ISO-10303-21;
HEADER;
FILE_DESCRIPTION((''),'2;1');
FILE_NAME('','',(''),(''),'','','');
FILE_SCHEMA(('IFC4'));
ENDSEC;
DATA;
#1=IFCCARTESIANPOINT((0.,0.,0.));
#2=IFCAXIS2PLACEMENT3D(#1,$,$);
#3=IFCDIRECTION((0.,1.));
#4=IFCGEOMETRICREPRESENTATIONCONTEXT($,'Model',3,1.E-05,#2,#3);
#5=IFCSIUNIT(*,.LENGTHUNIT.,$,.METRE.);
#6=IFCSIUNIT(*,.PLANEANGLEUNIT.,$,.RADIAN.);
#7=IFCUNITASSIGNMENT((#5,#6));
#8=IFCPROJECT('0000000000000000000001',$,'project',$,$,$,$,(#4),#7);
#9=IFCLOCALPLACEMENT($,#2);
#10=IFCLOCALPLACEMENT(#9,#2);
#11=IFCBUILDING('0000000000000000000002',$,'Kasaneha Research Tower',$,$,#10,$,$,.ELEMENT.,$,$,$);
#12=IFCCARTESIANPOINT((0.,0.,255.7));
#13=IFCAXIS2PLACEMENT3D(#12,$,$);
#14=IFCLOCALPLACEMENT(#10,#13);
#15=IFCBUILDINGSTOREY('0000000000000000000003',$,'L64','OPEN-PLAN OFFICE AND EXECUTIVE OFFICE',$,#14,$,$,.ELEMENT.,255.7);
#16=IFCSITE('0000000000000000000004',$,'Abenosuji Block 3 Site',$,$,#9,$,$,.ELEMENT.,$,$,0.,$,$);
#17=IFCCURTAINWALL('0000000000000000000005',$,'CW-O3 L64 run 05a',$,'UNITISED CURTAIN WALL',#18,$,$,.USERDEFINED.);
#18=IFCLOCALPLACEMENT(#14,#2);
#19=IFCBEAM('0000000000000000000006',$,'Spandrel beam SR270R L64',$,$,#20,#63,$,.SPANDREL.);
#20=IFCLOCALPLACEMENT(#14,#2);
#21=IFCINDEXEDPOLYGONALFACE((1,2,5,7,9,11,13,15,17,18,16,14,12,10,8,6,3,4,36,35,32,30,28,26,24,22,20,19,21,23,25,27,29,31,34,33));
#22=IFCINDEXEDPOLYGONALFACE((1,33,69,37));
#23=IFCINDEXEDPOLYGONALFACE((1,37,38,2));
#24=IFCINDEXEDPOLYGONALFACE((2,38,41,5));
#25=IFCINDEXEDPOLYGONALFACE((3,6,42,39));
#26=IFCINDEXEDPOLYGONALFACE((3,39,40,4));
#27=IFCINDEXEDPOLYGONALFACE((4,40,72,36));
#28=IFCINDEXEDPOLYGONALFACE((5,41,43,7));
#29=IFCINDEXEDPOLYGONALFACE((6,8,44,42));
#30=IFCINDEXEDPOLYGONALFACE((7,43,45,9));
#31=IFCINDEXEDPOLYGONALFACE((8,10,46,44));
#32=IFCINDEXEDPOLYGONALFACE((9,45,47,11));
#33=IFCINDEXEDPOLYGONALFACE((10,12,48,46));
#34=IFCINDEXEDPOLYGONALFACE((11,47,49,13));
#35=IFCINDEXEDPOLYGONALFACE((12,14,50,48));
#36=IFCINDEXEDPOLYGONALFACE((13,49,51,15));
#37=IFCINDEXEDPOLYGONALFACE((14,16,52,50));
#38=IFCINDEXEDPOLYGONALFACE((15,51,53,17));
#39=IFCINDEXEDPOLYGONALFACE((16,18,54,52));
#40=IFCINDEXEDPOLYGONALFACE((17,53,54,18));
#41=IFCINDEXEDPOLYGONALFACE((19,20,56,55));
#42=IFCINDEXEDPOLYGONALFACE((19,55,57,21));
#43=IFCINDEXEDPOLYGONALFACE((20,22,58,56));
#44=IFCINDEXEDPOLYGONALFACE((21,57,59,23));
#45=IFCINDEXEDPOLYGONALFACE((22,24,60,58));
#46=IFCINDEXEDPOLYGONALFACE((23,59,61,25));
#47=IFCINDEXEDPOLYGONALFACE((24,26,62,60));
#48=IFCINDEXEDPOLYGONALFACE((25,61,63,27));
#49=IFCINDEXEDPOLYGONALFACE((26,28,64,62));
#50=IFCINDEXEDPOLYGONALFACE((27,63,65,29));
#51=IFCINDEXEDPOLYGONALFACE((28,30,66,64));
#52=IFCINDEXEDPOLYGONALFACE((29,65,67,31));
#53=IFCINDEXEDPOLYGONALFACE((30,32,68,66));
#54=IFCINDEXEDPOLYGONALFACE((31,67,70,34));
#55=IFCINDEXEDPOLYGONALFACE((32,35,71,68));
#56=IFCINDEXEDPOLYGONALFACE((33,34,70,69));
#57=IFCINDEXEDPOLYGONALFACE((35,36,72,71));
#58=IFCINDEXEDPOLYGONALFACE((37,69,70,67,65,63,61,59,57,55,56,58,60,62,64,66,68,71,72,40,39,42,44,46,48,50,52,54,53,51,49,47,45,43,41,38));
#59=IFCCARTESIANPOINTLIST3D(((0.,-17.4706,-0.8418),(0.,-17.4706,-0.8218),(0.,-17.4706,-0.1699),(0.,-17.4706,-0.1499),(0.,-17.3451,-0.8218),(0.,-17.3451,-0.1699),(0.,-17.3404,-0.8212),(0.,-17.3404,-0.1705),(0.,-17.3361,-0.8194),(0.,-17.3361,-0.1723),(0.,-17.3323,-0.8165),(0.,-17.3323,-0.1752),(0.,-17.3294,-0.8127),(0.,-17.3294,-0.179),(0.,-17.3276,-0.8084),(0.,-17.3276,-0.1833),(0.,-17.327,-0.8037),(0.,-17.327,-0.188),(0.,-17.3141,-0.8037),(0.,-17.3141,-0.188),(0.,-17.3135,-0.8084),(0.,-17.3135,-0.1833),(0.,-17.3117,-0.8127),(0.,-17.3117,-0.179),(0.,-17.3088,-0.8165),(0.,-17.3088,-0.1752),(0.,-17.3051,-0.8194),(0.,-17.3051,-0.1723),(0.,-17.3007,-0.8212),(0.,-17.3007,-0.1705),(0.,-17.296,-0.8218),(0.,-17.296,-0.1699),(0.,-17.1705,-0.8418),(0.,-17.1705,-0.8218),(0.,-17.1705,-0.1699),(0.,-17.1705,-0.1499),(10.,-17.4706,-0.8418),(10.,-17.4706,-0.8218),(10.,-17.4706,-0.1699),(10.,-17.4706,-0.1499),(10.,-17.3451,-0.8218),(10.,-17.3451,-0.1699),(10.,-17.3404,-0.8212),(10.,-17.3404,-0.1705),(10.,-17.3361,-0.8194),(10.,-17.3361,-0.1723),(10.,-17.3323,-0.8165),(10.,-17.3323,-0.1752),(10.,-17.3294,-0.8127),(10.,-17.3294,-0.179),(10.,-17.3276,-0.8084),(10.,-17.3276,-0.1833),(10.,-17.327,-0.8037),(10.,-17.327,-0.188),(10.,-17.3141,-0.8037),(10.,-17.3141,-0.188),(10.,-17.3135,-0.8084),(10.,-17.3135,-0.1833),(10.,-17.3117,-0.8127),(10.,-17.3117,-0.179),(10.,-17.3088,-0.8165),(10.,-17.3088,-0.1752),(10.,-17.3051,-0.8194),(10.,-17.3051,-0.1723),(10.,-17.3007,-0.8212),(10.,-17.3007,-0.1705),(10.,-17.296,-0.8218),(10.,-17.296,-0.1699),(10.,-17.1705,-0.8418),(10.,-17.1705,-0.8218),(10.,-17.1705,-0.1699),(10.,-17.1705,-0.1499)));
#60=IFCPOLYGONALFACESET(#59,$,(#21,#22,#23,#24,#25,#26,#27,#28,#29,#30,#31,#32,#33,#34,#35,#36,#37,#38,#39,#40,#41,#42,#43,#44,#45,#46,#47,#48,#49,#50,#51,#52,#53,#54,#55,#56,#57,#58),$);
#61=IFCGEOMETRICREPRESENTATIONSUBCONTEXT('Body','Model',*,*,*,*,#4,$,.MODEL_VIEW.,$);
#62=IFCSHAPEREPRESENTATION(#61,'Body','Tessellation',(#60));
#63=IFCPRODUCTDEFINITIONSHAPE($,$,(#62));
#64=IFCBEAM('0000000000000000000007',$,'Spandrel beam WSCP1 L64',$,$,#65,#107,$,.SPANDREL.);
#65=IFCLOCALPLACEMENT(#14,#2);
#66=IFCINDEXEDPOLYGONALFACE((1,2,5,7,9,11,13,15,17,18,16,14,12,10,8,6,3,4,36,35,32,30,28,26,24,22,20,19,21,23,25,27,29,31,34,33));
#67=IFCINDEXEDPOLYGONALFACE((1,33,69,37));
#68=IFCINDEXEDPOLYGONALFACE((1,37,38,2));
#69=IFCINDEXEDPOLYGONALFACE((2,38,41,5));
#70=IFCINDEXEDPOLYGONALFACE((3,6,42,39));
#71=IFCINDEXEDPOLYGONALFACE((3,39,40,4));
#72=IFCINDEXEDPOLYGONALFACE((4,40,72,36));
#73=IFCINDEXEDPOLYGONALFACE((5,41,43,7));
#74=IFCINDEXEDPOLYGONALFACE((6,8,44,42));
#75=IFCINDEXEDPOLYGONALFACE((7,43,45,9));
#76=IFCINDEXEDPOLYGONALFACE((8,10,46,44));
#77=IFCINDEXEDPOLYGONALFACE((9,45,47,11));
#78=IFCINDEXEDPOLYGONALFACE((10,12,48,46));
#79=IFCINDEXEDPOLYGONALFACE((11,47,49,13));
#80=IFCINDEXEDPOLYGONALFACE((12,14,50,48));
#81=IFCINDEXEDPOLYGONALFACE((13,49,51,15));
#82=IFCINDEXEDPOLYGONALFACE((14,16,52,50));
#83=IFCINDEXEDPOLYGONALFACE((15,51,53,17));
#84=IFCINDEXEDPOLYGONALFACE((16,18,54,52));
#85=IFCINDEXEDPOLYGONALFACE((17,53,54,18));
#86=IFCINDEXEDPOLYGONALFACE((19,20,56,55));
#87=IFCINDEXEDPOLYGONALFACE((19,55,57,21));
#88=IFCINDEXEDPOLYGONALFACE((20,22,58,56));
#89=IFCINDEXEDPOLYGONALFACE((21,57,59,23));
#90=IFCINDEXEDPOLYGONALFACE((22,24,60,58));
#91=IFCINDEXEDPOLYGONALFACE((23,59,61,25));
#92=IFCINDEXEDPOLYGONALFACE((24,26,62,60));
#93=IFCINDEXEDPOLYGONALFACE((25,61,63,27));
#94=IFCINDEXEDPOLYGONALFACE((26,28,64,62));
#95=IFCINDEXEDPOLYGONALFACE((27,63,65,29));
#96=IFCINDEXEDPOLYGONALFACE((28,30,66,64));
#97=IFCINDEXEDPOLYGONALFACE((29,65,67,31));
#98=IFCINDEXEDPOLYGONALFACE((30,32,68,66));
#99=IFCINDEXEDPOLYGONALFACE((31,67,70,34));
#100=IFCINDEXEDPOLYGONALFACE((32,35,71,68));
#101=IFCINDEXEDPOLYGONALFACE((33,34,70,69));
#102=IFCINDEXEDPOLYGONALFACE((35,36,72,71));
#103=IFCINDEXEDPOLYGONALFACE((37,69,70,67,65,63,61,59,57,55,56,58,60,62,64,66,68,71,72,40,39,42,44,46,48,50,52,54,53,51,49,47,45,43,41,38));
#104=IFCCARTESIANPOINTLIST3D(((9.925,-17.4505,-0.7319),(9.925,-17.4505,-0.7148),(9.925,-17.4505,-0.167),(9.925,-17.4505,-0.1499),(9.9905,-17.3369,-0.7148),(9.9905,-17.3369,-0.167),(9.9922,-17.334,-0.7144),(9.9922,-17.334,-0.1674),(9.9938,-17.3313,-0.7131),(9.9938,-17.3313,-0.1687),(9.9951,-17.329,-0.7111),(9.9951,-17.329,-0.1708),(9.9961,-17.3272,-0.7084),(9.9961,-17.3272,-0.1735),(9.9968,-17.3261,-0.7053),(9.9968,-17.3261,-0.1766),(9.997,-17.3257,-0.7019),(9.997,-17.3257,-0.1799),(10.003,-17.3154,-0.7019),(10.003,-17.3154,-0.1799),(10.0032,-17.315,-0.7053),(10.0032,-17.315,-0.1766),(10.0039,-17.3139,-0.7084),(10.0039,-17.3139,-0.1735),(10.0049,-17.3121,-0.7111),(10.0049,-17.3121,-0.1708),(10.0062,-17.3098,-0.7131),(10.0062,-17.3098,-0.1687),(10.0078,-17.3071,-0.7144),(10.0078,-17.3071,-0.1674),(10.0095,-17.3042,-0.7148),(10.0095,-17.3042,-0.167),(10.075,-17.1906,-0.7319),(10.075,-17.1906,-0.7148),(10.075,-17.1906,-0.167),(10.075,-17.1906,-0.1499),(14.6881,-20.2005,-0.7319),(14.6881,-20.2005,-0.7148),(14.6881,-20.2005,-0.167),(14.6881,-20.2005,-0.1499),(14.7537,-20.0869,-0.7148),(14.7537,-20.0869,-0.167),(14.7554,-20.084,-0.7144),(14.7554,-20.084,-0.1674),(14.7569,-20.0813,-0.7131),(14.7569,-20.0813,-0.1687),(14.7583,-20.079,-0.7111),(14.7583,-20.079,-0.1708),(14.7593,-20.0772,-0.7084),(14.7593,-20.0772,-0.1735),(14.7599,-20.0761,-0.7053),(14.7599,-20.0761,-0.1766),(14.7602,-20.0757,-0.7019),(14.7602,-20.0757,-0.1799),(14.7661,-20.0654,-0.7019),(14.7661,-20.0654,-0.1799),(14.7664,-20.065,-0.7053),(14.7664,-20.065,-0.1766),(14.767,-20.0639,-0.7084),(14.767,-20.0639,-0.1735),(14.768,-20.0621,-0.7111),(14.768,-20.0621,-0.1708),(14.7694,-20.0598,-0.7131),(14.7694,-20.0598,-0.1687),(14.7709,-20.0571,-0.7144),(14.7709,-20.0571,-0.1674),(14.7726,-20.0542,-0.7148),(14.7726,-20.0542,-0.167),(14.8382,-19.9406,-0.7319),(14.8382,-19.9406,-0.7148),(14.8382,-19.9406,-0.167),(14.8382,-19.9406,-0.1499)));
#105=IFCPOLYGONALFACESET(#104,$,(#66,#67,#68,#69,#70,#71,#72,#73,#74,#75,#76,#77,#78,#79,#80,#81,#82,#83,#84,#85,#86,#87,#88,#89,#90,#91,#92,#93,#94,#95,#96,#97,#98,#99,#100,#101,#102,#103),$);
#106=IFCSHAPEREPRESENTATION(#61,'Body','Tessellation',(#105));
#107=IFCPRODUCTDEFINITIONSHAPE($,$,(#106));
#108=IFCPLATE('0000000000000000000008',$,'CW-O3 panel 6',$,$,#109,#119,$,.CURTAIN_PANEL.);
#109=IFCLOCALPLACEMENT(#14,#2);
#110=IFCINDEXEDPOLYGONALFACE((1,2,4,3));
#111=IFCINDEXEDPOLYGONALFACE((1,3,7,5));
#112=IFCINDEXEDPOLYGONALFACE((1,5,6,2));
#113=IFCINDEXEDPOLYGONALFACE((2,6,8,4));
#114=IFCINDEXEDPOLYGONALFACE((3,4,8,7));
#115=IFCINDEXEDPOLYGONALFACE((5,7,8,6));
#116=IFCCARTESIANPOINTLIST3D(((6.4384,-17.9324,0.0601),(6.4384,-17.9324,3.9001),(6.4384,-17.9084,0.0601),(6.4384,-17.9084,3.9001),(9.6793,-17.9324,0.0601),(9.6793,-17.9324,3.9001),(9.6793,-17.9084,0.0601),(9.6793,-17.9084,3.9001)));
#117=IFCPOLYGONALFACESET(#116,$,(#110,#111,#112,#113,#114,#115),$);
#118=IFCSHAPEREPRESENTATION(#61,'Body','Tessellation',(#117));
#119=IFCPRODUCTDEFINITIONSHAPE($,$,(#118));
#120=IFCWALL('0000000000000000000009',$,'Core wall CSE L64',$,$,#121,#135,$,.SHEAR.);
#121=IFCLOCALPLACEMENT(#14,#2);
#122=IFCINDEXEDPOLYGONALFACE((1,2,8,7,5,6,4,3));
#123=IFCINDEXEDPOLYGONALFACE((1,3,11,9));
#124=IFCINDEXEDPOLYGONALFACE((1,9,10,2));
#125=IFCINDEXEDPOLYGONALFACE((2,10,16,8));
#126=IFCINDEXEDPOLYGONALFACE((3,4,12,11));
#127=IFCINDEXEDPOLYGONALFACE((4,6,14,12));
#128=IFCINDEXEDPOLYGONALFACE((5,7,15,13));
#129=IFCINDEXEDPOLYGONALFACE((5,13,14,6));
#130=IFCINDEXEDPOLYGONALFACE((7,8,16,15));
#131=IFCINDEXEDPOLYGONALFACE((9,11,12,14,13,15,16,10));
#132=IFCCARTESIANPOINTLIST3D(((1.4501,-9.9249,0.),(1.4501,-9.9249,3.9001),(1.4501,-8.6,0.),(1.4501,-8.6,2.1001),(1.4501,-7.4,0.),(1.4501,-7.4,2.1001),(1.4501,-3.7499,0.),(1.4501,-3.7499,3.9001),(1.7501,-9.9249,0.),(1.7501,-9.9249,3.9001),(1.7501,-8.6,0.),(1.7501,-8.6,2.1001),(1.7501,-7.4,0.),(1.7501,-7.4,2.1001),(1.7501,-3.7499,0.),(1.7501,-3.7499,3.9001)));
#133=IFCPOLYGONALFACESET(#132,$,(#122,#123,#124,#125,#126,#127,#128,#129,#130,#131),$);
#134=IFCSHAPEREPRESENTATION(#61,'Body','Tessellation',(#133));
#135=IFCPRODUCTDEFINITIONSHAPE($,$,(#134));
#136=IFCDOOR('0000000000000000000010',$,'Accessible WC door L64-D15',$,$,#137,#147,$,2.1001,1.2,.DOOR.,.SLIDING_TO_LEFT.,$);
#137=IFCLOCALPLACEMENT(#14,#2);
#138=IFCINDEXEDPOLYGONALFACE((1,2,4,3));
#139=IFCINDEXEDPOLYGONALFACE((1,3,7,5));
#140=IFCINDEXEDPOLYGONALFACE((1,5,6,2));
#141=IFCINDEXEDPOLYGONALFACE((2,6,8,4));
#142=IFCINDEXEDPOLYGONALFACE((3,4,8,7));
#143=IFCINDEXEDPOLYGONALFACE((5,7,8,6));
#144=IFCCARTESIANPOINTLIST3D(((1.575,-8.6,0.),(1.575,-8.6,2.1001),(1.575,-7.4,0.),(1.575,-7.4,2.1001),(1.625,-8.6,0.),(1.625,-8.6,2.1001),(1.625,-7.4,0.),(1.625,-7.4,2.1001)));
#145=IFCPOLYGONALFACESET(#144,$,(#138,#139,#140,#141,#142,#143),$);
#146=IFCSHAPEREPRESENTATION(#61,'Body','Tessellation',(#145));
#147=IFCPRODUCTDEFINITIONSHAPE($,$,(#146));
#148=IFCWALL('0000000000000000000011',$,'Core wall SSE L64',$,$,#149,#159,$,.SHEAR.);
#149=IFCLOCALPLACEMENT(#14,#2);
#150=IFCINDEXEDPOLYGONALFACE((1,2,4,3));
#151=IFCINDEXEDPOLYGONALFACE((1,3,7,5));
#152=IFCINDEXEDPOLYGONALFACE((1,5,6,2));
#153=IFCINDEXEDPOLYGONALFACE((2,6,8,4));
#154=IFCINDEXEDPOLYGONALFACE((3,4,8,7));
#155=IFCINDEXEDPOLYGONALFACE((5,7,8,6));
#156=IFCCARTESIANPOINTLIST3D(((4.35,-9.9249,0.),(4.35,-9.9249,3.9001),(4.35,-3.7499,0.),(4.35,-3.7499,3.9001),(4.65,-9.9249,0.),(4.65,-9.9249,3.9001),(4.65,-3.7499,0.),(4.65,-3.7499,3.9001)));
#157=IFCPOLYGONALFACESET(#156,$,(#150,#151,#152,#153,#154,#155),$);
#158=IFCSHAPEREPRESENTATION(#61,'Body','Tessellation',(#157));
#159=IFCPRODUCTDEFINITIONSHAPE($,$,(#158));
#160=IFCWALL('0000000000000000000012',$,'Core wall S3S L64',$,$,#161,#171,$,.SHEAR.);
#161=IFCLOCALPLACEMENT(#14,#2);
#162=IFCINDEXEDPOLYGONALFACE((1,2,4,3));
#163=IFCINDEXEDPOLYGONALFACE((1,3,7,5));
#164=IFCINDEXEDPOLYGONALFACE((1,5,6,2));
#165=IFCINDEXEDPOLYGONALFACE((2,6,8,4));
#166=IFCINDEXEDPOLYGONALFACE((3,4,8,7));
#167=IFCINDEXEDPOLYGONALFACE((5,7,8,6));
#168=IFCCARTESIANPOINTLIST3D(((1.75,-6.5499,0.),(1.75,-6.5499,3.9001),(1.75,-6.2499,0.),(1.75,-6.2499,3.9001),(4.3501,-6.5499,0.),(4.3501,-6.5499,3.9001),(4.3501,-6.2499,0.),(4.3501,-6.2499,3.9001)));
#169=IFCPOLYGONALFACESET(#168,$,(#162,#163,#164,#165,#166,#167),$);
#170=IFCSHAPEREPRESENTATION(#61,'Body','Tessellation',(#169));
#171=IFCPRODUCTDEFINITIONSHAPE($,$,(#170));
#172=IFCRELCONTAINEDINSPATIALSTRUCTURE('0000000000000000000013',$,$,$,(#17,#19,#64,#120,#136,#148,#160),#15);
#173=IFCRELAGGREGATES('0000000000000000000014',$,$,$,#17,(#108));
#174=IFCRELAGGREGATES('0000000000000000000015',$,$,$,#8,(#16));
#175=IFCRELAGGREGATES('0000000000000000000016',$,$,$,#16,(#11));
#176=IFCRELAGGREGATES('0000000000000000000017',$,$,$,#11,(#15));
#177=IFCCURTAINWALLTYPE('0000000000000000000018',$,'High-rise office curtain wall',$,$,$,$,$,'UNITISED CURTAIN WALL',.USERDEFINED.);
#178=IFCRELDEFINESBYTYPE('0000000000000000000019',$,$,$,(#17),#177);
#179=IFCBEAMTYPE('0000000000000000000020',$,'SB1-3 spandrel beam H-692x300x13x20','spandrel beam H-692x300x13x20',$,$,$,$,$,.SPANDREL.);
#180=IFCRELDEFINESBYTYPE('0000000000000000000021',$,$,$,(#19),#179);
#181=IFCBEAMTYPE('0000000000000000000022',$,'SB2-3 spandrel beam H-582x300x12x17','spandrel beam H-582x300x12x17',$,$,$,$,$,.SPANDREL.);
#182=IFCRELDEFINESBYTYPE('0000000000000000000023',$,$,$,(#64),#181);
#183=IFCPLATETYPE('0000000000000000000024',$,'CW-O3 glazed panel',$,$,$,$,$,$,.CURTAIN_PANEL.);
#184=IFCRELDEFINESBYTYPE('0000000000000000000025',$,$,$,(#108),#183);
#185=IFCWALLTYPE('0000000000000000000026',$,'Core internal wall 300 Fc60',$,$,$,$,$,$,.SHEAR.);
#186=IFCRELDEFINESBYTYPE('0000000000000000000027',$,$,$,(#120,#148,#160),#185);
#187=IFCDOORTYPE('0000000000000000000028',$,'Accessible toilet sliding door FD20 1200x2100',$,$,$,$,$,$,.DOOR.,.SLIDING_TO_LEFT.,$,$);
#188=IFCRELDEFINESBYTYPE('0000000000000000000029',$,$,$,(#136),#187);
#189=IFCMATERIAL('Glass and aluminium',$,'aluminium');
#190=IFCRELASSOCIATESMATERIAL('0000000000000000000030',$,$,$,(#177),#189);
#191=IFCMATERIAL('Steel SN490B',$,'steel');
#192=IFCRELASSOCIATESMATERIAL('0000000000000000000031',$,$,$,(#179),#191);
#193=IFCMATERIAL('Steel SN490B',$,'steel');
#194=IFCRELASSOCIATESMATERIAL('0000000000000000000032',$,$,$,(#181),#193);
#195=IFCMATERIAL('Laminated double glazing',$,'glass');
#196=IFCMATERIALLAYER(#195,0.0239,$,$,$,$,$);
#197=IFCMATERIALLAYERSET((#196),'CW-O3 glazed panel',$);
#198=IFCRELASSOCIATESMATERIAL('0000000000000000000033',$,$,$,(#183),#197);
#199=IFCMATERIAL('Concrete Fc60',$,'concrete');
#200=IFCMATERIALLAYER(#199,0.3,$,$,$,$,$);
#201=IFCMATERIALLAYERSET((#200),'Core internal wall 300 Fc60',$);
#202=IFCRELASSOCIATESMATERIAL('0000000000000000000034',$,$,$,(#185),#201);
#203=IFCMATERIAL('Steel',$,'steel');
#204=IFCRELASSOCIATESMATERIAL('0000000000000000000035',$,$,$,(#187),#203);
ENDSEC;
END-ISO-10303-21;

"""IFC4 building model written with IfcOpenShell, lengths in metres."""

from ifc_helpers import new_model, si_unit, direction, frame, frame_2d, origin, origin_2d, place, context, subcontext, project, spatial, rectangle, i_section, extrude, material, layer, layer_set, material_profile, profile_set, type_object, element, fill, aggregate, save


model = new_model("IFC4")

# Units and contexts
model_context = context("Model", 3, precision=1e-05, world=origin(), true_north=direction((0.0, 1.0)))
body_context = subcontext(model_context, "Body", "Model", "MODEL_VIEW")
ifc_project = project(units=[si_unit("LENGTHUNIT", "METRE"), si_unit("PLANEANGLEUNIT", "RADIAN")], contexts=[model_context])

# Site, building, storey
site_placement = place(None, origin())
site = spatial("IfcSite", under=ifc_project, at=site_placement, Name="Abenosuji Block 3 Site", CompositionType="ELEMENT", RefElevation=0.0)
building_placement = place(site_placement, origin())
building = spatial("IfcBuilding", under=site, at=building_placement, Name="Kasaneha Research Tower", CompositionType="ELEMENT")
storey_placement = place(building_placement, frame((0.0, 0.0, 255.7)))
storey = spatial("IfcBuildingStorey", under=building, at=storey_placement, Name="L64", Description="OPEN-PLAN OFFICE AND EXECUTIVE OFFICE", CompositionType="ELEMENT", Elevation=255.7)

# Curtain wall
ifc_material_1 = material(Name="Glass and aluminium", Category="aluminium")
curtain_wall_type = type_object("IfcCurtainWallType", Name="High-rise office curtain wall", ElementType="UNITISED CURTAIN WALL", PredefinedType="USERDEFINED", material=ifc_material_1)
curtain_wall_placement = place(storey_placement, origin())
curtain_wall = element("IfcCurtainWall", 1, at=curtain_wall_placement, inside=storey, type_object=curtain_wall_type, Name="CW-O3 L64 run 05a", ObjectType="UNITISED CURTAIN WALL", PredefinedType="USERDEFINED")

# Beams
ifc_material_2 = material(Name="Steel SN490B", Category="steel")
ifc_material_profile_1 = material_profile(ifc_material_2, i_section(OverallWidth=0.3, OverallDepth=0.6919, WebThickness=0.0129, FlangeThickness=0.02, FilletRadius=0.0181, at=origin_2d()), Name="H-692x300x13x20")
ifc_profile_set_1 = profile_set([ifc_material_profile_1], Name="Steel SN490B")
beam_type_1 = type_object("IfcBeamType", Name="SB1-3 spandrel beam H-692x300x13x20", Description="spandrel beam H-692x300x13x20", PredefinedType="SPANDREL", material=ifc_profile_set_1)
beam_1_placement = place(storey_placement, frame((10.0, -17.3206, -0.4958), z_axis=(-1.0, 0.0, 0.0), x_axis=(0.0, -1.0, 0.0)))
element("IfcBeam", 2, at=beam_1_placement, inside=storey, type_object=beam_type_1, Name="Spandrel beam SR270R L64", PredefinedType="SPANDREL", context=body_context, shape_type="SweptSolid", body=[
    extrude(i_section(OverallWidth=0.3, OverallDepth=0.6919, WebThickness=0.0129, FlangeThickness=0.02, FilletRadius=0.0181, at=origin_2d()), origin(), (0.0, 0.0, 1.0), 10.0),
])
ifc_material_3 = material(Name="Steel SN490B", Category="steel")
ifc_material_profile_2 = material_profile(ifc_material_3, i_section(OverallWidth=0.3, OverallDepth=0.582, WebThickness=0.012, FlangeThickness=0.0171, FilletRadius=0.0129, at=origin_2d()), Name="H-582x300x12x17")
ifc_profile_set_2 = profile_set([ifc_material_profile_2], Name="Steel SN490B")
beam_type_2 = type_object("IfcBeamType", Name="SB2-3 spandrel beam H-582x300x12x17", Description="spandrel beam H-582x300x12x17", PredefinedType="SPANDREL", material=ifc_profile_set_2)
beam_2_placement = place(storey_placement, frame((10.0, -17.3206, -0.4409), z_axis=(0.866027, -0.499997, 0.0), x_axis=(0.499997, 0.866027, 0.0)))
element("IfcBeam", 3, at=beam_2_placement, inside=storey, type_object=beam_type_2, Name="Spandrel beam WSCP1 L64", PredefinedType="SPANDREL", context=body_context, shape_type="SweptSolid", body=[
    extrude(i_section(OverallWidth=0.3, OverallDepth=0.582, WebThickness=0.012, FlangeThickness=0.0171, FilletRadius=0.0129, at=origin_2d()), origin(), (0.0, 0.0, 1.0), 5.5),
])

# Plate
ifc_material_4 = material(Name="Laminated double glazing", Category="glass")
ifc_layer_1 = layer(ifc_material_4, 0.0239)
ifc_layer_set_1 = layer_set([ifc_layer_1], Name="CW-O3 glazed panel")
plate_type = type_object("IfcPlateType", Name="CW-O3 glazed panel", PredefinedType="CURTAIN_PANEL", material=ifc_layer_set_1)
plate_placement = place(storey_placement, frame((8.0588, -17.9204, 0.0601), z_axis=(0.0, 0.0, 1.0), x_axis=(1.0, 0.0, 0.0)))
plate = element("IfcPlate", 4, at=plate_placement, type_object=plate_type, Name="CW-O3 panel 6", PredefinedType="CURTAIN_PANEL", context=body_context, shape_type="SweptSolid", body=[
    extrude(rectangle(XDim=3.241, YDim=0.0239, at=origin_2d()), origin(), (0.0, 0.0, 1.0), 3.8401),
])
aggregate(curtain_wall, [plate])

# Wall, opening, door
ifc_material_5 = material(Name="Concrete Fc60", Category="concrete")
ifc_layer_2 = layer(ifc_material_5, 0.3)
ifc_layer_set_2 = layer_set([ifc_layer_2], Name="Core internal wall 300 Fc60")
wall_type_1 = type_object("IfcWallType", Name="Core internal wall 300 Fc60", PredefinedType="SHEAR", material=ifc_layer_set_2)
wall_1_placement = place(storey_placement, frame((1.6001, -3.75, 0.0), z_axis=(0.0, 0.0, 1.0), x_axis=(0.0, -1.0, 0.0)))
wall_1 = element("IfcWall", 5, at=wall_1_placement, inside=storey, type_object=wall_type_1, Name="Core wall CSE L64", PredefinedType="SHEAR", context=body_context, shape_type="SweptSolid", body=[
    extrude(rectangle(XDim=6.175, YDim=0.3, at=frame_2d((3.0874, 0.0))), origin(), (0.0, 0.0, 1.0), 3.9001),
])
opening_1_placement = place(wall_1_placement, frame((3.6499, 0.0, 0.0)))
opening_1 = element("IfcOpeningElement", 6, at=opening_1_placement, cuts=wall_1, PredefinedType="OPENING", context=body_context, shape_type="SweptSolid", body=[
    extrude(rectangle(XDim=1.2, YDim=2.1001, at=frame_2d((0.6001, 1.05))), frame((0.0, 0.1602, 0.0), z_axis=(0.0, -1.0, 0.0), x_axis=(1.0, 0.0, 0.0)), (0.0, 0.0, 1.0), 0.3201),
])
ifc_material_6 = material(Name="Steel", Category="steel")
door_type_1 = type_object("IfcDoorType", Name="Accessible toilet sliding door FD20 1200x2100", OperationType="SLIDING_TO_LEFT", PredefinedType="DOOR", material=ifc_material_6)
door_1_placement = place(opening_1_placement, origin())
door_1 = element("IfcDoor", 7, at=door_1_placement, inside=storey, type_object=door_type_1, Name="Accessible WC door L64-D15", OperationType="SLIDING_TO_LEFT", OverallHeight=2.1001, OverallWidth=1.2, PredefinedType="DOOR", context=body_context, shape_type="SweptSolid", body=[
    extrude(rectangle(XDim=1.2, YDim=2.1001, at=frame_2d((0.6001, 1.05))), frame((0.0, 0.0249, 0.0), z_axis=(0.0, -1.0, 0.0), x_axis=(1.0, 0.0, 0.0)), (0.0, 0.0, 1.0), 0.05),
])
fill(opening_1, door_1)

# Walls
wall_2_placement = place(storey_placement, frame((4.5, -3.75, 0.0), z_axis=(0.0, 0.0, 1.0), x_axis=(0.0, -1.0, 0.0)))
element("IfcWall", 8, at=wall_2_placement, inside=storey, type_object=wall_type_1, Name="Core wall SSE L64", PredefinedType="SHEAR", context=body_context, shape_type="SweptSolid", body=[
    extrude(rectangle(XDim=6.175, YDim=0.3, at=frame_2d((3.0874, 0.0))), origin(), (0.0, 0.0, 1.0), 3.9001),
])
wall_3_placement = place(storey_placement, frame((1.75, -6.3999, 0.0), z_axis=(0.0, 0.0, 1.0), x_axis=(1.0, 0.0, 0.0)))
element("IfcWall", 9, at=wall_3_placement, inside=storey, type_object=wall_type_1, Name="Core wall S3S L64", PredefinedType="SHEAR", context=body_context, shape_type="SweptSolid", body=[
    extrude(rectangle(XDim=2.6001, YDim=0.3, at=frame_2d((1.3, 0.0))), origin(), (0.0, 0.0, 1.0), 3.9001),
])

save(model, "model.ifc")
